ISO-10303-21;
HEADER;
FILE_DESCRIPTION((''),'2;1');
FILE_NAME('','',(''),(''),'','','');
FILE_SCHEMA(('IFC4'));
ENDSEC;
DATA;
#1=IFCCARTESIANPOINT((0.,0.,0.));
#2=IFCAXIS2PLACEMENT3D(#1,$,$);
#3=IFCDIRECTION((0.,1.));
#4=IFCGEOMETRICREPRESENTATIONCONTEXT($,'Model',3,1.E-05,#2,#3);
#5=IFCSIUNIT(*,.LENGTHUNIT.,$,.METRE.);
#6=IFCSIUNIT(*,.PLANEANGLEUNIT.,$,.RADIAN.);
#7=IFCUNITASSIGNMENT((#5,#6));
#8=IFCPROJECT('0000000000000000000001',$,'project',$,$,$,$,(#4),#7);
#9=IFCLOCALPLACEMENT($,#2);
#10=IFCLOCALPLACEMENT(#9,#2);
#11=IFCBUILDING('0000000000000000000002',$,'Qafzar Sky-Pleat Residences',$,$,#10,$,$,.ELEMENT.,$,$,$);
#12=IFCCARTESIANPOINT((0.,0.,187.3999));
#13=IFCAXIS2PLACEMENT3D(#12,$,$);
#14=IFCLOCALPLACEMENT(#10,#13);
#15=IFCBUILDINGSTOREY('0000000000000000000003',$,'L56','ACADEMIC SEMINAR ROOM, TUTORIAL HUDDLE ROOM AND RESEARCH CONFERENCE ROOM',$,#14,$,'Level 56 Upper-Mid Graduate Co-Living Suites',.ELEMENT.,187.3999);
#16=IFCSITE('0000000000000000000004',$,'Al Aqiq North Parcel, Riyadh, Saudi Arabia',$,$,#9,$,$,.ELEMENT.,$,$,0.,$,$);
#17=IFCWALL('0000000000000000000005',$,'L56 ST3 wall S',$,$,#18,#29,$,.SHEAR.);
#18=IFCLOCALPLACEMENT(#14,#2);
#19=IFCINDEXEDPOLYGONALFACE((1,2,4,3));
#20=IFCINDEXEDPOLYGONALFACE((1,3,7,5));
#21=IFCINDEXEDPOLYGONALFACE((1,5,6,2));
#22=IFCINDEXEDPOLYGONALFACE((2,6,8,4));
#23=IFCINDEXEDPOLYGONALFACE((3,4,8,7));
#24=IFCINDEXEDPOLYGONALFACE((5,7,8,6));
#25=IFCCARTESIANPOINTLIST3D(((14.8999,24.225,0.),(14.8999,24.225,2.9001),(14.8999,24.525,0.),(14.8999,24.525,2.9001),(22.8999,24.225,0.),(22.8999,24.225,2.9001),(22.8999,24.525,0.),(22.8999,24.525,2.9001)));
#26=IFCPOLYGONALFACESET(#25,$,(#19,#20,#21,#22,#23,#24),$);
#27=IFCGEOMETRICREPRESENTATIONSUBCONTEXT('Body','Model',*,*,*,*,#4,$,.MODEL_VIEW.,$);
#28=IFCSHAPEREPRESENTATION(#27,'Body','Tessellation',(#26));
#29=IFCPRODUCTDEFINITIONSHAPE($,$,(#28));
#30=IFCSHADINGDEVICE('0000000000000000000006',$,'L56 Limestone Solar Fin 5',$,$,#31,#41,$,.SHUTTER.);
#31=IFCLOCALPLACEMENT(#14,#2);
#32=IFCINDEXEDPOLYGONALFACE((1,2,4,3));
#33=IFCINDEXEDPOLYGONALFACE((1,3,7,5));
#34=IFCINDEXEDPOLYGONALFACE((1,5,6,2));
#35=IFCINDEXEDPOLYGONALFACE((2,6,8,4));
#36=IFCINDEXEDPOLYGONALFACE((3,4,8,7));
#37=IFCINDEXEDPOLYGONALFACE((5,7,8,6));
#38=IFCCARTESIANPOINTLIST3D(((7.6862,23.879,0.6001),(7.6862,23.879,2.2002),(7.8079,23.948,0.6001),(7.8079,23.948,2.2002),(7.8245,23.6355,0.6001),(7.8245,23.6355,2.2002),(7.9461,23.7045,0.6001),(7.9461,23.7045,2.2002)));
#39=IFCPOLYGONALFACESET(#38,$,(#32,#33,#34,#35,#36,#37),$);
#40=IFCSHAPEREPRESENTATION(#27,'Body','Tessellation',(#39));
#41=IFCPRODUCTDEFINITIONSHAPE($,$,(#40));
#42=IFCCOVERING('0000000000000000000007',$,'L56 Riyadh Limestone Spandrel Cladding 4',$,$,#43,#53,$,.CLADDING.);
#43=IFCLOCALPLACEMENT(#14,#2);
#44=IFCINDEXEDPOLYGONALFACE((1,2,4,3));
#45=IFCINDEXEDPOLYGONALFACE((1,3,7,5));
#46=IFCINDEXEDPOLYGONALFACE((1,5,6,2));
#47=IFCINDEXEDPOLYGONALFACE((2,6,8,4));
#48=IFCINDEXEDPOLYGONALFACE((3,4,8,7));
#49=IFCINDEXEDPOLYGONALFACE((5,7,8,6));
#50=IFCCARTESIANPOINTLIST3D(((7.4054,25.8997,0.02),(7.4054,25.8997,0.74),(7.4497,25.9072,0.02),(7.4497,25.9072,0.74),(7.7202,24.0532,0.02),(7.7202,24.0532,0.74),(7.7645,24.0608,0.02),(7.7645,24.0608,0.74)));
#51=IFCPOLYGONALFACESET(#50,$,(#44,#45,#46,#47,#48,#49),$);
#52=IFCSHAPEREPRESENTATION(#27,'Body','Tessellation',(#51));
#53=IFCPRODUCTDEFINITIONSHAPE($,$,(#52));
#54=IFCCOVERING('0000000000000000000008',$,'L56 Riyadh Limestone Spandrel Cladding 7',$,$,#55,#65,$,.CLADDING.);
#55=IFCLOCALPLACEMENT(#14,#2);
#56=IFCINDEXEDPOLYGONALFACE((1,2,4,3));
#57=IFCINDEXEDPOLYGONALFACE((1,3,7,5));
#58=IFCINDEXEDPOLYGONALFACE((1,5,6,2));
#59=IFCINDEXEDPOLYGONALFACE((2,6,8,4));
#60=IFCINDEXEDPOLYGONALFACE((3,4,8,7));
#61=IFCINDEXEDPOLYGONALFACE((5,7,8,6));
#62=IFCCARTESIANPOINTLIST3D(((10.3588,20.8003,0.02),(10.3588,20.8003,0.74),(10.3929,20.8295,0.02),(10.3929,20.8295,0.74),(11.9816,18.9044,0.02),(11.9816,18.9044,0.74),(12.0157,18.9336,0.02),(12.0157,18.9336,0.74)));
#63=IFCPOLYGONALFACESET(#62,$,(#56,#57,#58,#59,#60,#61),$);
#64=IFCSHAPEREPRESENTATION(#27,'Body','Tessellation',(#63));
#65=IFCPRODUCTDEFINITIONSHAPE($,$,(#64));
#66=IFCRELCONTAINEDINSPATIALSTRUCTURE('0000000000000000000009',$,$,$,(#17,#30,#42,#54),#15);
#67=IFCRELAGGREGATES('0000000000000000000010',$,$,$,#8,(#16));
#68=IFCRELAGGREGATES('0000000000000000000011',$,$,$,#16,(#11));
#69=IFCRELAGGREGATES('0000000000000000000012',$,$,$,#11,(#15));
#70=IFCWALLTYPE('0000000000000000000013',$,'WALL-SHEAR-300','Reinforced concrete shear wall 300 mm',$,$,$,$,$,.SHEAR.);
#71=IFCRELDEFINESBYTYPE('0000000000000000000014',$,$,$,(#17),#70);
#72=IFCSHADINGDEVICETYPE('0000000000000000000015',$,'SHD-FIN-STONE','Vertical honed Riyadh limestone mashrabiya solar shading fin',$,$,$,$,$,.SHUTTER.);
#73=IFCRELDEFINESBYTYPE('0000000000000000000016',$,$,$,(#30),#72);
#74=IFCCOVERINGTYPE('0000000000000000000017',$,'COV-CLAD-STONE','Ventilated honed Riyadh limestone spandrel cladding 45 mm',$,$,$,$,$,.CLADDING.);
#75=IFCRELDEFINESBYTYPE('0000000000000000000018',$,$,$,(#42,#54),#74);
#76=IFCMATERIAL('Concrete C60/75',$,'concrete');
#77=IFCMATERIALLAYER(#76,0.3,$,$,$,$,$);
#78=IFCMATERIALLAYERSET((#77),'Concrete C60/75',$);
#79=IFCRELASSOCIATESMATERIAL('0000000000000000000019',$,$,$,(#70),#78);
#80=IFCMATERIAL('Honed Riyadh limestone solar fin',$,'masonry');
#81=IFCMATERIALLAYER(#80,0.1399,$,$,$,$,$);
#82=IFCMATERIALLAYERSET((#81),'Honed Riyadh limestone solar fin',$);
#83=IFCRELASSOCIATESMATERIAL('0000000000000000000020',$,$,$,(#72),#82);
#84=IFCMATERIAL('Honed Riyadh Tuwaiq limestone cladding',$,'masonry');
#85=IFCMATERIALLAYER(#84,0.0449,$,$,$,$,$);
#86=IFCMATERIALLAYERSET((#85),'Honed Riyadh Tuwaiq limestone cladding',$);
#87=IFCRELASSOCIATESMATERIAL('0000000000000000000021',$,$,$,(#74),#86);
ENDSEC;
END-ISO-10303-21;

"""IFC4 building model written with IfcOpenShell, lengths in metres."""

from ifc_helpers import new_model, si_unit, direction, frame, frame_2d, origin, origin_2d, place, context, subcontext, project, spatial, rectangle, extrude, source, transform, mapped, material, layer, layer_set, type_object, element, save


model = new_model("IFC4")

# Units and contexts
model_context = context("Model", 3, precision=1e-05, world=origin(), true_north=direction((0.0, 1.0)))
body_context = subcontext(model_context, "Body", "Model", "MODEL_VIEW")
ifc_project = project(units=[si_unit("LENGTHUNIT", "METRE"), si_unit("PLANEANGLEUNIT", "RADIAN")], contexts=[model_context])

# Site, building, storey
site_placement = place(None, origin())
site = spatial("IfcSite", under=ifc_project, at=site_placement, Name="Al Aqiq North Parcel, Riyadh, Saudi Arabia", CompositionType="ELEMENT", RefElevation=0.0)
building_placement = place(site_placement, origin())
building = spatial("IfcBuilding", under=site, at=building_placement, Name="Qafzar Sky-Pleat Residences", CompositionType="ELEMENT")
storey_placement = place(building_placement, frame((0.0, 0.0, 187.3999)))
storey = spatial("IfcBuildingStorey", under=building, at=storey_placement, Name="L56", Description="ACADEMIC SEMINAR ROOM, TUTORIAL HUDDLE ROOM AND RESEARCH CONFERENCE ROOM", LongName="Level 56 Upper-Mid Graduate Co-Living Suites", CompositionType="ELEMENT", Elevation=187.3999)

# Wall
ifc_material_1 = material(Name="Concrete C60/75", Category="concrete")
ifc_layer_1 = layer(ifc_material_1, 0.3)
ifc_layer_set_1 = layer_set([ifc_layer_1], Name="Concrete C60/75")
wall_type_1 = type_object("IfcWallType", Name="WALL-SHEAR-300", Description="Reinforced concrete shear wall 300 mm", PredefinedType="SHEAR", material=ifc_layer_set_1)
wall_1_placement = place(storey_placement, frame((14.8999, 24.375, 0.0), z_axis=(0.0, 0.0, 1.0), x_axis=(1.0, 0.0, 0.0)))
element("IfcWall", 1, at=wall_1_placement, inside=storey, type_object=wall_type_1, Name="L56 ST3 wall S", PredefinedType="SHEAR", context=body_context, shape_type="SweptSolid", body=[
    extrude(rectangle(XDim=8.0, YDim=0.3, at=frame_2d((4.0, 0.0))), origin(), (0.0, 0.0, 1.0), 2.9001),
])

# Shading device
ifc_material_2 = material(Name="Honed Riyadh limestone solar fin", Category="masonry")
ifc_layer_2 = layer(ifc_material_2, 0.1399)
ifc_layer_set_2 = layer_set([ifc_layer_2], Name="Honed Riyadh limestone solar fin")
shading_device_type = type_object("IfcShadingDeviceType", Name="SHD-FIN-STONE", Description="Vertical honed Riyadh limestone mashrabiya solar shading fin", PredefinedType="SHUTTER", material=ifc_layer_set_2)
shared_shape_1 = source(origin(), body_context, "Body", "SweptSolid", [
    extrude(rectangle(XDim=0.1399, YDim=0.28, at=origin_2d()), origin(), (0.0, 0.0, 1.0), 1.6001),
])
shading_device_placement = place(storey_placement, frame((7.8162, 23.7917, 0.6001), z_axis=(0.0, 0.0, 1.0), x_axis=(-0.869658, -0.493655, 0.0)))
element("IfcShadingDevice", 2, at=shading_device_placement, inside=storey, type_object=shading_device_type, Name="L56 Limestone Solar Fin 5", PredefinedType="SHUTTER", context=body_context, shape_type="MappedRepresentation", body=[
    mapped(shared_shape_1, transform((0.0, 0.0, 0.0), x_axis=(1.0, 0.0, 0.0), y_axis=(0.0, 1.0, 0.0), z_axis=(0.0, 0.0, 1.0), scale=1.0)),
])

# Covering
ifc_material_3 = material(Name="Honed Riyadh Tuwaiq limestone cladding", Category="masonry")
ifc_layer_3 = layer(ifc_material_3, 0.0449)
ifc_layer_set_3 = layer_set([ifc_layer_3], Name="Honed Riyadh Tuwaiq limestone cladding")
covering_type = type_object("IfcCoveringType", Name="COV-CLAD-STONE", Description="Ventilated honed Riyadh limestone spandrel cladding 45 mm", PredefinedType="CLADDING", material=ifc_layer_set_3)
shared_shape_2 = source(origin(), body_context, "Body", "SweptSolid", [
    extrude(rectangle(XDim=1.873, YDim=0.0449, at=origin_2d()), origin(), (0.0, 0.0, 1.0), 0.72),
])
covering_1_placement = place(storey_placement, frame((7.585, 24.9802, 0.02), z_axis=(0.0, 0.0, 1.0), x_axis=(0.168076, -0.985774, 0.0)))
element("IfcCovering", 3, at=covering_1_placement, inside=storey, type_object=covering_type, Name="L56 Riyadh Limestone Spandrel Cladding 4", PredefinedType="CLADDING", context=body_context, shape_type="MappedRepresentation", body=[
    mapped(shared_shape_2, transform((0.0, 0.0, 0.0), x_axis=(1.0, 0.0, 0.0), y_axis=(0.0, 1.0, 0.0), z_axis=(0.0, 0.0, 1.0), scale=1.0)),
])

# Covering
shared_shape_3 = source(origin(), body_context, "Body", "SweptSolid", [
    extrude(rectangle(XDim=2.4956, YDim=0.0449, at=origin_2d()), origin(), (0.0, 0.0, 1.0), 0.72),
])
covering_2_placement = place(storey_placement, frame((11.1873, 19.8669, 0.02), z_axis=(0.0, 0.0, 1.0), x_axis=(0.650274, -0.759699, 0.0)))
element("IfcCovering", 4, at=covering_2_placement, inside=storey, type_object=covering_type, Name="L56 Riyadh Limestone Spandrel Cladding 7", PredefinedType="CLADDING", context=body_context, shape_type="MappedRepresentation", body=[
    mapped(shared_shape_3, transform((0.0, 0.0, 0.0), x_axis=(1.0, 0.0, 0.0), y_axis=(0.0, 1.0, 0.0), z_axis=(0.0, 0.0, 1.0), scale=1.0)),
])

save(model, "model.ifc")
